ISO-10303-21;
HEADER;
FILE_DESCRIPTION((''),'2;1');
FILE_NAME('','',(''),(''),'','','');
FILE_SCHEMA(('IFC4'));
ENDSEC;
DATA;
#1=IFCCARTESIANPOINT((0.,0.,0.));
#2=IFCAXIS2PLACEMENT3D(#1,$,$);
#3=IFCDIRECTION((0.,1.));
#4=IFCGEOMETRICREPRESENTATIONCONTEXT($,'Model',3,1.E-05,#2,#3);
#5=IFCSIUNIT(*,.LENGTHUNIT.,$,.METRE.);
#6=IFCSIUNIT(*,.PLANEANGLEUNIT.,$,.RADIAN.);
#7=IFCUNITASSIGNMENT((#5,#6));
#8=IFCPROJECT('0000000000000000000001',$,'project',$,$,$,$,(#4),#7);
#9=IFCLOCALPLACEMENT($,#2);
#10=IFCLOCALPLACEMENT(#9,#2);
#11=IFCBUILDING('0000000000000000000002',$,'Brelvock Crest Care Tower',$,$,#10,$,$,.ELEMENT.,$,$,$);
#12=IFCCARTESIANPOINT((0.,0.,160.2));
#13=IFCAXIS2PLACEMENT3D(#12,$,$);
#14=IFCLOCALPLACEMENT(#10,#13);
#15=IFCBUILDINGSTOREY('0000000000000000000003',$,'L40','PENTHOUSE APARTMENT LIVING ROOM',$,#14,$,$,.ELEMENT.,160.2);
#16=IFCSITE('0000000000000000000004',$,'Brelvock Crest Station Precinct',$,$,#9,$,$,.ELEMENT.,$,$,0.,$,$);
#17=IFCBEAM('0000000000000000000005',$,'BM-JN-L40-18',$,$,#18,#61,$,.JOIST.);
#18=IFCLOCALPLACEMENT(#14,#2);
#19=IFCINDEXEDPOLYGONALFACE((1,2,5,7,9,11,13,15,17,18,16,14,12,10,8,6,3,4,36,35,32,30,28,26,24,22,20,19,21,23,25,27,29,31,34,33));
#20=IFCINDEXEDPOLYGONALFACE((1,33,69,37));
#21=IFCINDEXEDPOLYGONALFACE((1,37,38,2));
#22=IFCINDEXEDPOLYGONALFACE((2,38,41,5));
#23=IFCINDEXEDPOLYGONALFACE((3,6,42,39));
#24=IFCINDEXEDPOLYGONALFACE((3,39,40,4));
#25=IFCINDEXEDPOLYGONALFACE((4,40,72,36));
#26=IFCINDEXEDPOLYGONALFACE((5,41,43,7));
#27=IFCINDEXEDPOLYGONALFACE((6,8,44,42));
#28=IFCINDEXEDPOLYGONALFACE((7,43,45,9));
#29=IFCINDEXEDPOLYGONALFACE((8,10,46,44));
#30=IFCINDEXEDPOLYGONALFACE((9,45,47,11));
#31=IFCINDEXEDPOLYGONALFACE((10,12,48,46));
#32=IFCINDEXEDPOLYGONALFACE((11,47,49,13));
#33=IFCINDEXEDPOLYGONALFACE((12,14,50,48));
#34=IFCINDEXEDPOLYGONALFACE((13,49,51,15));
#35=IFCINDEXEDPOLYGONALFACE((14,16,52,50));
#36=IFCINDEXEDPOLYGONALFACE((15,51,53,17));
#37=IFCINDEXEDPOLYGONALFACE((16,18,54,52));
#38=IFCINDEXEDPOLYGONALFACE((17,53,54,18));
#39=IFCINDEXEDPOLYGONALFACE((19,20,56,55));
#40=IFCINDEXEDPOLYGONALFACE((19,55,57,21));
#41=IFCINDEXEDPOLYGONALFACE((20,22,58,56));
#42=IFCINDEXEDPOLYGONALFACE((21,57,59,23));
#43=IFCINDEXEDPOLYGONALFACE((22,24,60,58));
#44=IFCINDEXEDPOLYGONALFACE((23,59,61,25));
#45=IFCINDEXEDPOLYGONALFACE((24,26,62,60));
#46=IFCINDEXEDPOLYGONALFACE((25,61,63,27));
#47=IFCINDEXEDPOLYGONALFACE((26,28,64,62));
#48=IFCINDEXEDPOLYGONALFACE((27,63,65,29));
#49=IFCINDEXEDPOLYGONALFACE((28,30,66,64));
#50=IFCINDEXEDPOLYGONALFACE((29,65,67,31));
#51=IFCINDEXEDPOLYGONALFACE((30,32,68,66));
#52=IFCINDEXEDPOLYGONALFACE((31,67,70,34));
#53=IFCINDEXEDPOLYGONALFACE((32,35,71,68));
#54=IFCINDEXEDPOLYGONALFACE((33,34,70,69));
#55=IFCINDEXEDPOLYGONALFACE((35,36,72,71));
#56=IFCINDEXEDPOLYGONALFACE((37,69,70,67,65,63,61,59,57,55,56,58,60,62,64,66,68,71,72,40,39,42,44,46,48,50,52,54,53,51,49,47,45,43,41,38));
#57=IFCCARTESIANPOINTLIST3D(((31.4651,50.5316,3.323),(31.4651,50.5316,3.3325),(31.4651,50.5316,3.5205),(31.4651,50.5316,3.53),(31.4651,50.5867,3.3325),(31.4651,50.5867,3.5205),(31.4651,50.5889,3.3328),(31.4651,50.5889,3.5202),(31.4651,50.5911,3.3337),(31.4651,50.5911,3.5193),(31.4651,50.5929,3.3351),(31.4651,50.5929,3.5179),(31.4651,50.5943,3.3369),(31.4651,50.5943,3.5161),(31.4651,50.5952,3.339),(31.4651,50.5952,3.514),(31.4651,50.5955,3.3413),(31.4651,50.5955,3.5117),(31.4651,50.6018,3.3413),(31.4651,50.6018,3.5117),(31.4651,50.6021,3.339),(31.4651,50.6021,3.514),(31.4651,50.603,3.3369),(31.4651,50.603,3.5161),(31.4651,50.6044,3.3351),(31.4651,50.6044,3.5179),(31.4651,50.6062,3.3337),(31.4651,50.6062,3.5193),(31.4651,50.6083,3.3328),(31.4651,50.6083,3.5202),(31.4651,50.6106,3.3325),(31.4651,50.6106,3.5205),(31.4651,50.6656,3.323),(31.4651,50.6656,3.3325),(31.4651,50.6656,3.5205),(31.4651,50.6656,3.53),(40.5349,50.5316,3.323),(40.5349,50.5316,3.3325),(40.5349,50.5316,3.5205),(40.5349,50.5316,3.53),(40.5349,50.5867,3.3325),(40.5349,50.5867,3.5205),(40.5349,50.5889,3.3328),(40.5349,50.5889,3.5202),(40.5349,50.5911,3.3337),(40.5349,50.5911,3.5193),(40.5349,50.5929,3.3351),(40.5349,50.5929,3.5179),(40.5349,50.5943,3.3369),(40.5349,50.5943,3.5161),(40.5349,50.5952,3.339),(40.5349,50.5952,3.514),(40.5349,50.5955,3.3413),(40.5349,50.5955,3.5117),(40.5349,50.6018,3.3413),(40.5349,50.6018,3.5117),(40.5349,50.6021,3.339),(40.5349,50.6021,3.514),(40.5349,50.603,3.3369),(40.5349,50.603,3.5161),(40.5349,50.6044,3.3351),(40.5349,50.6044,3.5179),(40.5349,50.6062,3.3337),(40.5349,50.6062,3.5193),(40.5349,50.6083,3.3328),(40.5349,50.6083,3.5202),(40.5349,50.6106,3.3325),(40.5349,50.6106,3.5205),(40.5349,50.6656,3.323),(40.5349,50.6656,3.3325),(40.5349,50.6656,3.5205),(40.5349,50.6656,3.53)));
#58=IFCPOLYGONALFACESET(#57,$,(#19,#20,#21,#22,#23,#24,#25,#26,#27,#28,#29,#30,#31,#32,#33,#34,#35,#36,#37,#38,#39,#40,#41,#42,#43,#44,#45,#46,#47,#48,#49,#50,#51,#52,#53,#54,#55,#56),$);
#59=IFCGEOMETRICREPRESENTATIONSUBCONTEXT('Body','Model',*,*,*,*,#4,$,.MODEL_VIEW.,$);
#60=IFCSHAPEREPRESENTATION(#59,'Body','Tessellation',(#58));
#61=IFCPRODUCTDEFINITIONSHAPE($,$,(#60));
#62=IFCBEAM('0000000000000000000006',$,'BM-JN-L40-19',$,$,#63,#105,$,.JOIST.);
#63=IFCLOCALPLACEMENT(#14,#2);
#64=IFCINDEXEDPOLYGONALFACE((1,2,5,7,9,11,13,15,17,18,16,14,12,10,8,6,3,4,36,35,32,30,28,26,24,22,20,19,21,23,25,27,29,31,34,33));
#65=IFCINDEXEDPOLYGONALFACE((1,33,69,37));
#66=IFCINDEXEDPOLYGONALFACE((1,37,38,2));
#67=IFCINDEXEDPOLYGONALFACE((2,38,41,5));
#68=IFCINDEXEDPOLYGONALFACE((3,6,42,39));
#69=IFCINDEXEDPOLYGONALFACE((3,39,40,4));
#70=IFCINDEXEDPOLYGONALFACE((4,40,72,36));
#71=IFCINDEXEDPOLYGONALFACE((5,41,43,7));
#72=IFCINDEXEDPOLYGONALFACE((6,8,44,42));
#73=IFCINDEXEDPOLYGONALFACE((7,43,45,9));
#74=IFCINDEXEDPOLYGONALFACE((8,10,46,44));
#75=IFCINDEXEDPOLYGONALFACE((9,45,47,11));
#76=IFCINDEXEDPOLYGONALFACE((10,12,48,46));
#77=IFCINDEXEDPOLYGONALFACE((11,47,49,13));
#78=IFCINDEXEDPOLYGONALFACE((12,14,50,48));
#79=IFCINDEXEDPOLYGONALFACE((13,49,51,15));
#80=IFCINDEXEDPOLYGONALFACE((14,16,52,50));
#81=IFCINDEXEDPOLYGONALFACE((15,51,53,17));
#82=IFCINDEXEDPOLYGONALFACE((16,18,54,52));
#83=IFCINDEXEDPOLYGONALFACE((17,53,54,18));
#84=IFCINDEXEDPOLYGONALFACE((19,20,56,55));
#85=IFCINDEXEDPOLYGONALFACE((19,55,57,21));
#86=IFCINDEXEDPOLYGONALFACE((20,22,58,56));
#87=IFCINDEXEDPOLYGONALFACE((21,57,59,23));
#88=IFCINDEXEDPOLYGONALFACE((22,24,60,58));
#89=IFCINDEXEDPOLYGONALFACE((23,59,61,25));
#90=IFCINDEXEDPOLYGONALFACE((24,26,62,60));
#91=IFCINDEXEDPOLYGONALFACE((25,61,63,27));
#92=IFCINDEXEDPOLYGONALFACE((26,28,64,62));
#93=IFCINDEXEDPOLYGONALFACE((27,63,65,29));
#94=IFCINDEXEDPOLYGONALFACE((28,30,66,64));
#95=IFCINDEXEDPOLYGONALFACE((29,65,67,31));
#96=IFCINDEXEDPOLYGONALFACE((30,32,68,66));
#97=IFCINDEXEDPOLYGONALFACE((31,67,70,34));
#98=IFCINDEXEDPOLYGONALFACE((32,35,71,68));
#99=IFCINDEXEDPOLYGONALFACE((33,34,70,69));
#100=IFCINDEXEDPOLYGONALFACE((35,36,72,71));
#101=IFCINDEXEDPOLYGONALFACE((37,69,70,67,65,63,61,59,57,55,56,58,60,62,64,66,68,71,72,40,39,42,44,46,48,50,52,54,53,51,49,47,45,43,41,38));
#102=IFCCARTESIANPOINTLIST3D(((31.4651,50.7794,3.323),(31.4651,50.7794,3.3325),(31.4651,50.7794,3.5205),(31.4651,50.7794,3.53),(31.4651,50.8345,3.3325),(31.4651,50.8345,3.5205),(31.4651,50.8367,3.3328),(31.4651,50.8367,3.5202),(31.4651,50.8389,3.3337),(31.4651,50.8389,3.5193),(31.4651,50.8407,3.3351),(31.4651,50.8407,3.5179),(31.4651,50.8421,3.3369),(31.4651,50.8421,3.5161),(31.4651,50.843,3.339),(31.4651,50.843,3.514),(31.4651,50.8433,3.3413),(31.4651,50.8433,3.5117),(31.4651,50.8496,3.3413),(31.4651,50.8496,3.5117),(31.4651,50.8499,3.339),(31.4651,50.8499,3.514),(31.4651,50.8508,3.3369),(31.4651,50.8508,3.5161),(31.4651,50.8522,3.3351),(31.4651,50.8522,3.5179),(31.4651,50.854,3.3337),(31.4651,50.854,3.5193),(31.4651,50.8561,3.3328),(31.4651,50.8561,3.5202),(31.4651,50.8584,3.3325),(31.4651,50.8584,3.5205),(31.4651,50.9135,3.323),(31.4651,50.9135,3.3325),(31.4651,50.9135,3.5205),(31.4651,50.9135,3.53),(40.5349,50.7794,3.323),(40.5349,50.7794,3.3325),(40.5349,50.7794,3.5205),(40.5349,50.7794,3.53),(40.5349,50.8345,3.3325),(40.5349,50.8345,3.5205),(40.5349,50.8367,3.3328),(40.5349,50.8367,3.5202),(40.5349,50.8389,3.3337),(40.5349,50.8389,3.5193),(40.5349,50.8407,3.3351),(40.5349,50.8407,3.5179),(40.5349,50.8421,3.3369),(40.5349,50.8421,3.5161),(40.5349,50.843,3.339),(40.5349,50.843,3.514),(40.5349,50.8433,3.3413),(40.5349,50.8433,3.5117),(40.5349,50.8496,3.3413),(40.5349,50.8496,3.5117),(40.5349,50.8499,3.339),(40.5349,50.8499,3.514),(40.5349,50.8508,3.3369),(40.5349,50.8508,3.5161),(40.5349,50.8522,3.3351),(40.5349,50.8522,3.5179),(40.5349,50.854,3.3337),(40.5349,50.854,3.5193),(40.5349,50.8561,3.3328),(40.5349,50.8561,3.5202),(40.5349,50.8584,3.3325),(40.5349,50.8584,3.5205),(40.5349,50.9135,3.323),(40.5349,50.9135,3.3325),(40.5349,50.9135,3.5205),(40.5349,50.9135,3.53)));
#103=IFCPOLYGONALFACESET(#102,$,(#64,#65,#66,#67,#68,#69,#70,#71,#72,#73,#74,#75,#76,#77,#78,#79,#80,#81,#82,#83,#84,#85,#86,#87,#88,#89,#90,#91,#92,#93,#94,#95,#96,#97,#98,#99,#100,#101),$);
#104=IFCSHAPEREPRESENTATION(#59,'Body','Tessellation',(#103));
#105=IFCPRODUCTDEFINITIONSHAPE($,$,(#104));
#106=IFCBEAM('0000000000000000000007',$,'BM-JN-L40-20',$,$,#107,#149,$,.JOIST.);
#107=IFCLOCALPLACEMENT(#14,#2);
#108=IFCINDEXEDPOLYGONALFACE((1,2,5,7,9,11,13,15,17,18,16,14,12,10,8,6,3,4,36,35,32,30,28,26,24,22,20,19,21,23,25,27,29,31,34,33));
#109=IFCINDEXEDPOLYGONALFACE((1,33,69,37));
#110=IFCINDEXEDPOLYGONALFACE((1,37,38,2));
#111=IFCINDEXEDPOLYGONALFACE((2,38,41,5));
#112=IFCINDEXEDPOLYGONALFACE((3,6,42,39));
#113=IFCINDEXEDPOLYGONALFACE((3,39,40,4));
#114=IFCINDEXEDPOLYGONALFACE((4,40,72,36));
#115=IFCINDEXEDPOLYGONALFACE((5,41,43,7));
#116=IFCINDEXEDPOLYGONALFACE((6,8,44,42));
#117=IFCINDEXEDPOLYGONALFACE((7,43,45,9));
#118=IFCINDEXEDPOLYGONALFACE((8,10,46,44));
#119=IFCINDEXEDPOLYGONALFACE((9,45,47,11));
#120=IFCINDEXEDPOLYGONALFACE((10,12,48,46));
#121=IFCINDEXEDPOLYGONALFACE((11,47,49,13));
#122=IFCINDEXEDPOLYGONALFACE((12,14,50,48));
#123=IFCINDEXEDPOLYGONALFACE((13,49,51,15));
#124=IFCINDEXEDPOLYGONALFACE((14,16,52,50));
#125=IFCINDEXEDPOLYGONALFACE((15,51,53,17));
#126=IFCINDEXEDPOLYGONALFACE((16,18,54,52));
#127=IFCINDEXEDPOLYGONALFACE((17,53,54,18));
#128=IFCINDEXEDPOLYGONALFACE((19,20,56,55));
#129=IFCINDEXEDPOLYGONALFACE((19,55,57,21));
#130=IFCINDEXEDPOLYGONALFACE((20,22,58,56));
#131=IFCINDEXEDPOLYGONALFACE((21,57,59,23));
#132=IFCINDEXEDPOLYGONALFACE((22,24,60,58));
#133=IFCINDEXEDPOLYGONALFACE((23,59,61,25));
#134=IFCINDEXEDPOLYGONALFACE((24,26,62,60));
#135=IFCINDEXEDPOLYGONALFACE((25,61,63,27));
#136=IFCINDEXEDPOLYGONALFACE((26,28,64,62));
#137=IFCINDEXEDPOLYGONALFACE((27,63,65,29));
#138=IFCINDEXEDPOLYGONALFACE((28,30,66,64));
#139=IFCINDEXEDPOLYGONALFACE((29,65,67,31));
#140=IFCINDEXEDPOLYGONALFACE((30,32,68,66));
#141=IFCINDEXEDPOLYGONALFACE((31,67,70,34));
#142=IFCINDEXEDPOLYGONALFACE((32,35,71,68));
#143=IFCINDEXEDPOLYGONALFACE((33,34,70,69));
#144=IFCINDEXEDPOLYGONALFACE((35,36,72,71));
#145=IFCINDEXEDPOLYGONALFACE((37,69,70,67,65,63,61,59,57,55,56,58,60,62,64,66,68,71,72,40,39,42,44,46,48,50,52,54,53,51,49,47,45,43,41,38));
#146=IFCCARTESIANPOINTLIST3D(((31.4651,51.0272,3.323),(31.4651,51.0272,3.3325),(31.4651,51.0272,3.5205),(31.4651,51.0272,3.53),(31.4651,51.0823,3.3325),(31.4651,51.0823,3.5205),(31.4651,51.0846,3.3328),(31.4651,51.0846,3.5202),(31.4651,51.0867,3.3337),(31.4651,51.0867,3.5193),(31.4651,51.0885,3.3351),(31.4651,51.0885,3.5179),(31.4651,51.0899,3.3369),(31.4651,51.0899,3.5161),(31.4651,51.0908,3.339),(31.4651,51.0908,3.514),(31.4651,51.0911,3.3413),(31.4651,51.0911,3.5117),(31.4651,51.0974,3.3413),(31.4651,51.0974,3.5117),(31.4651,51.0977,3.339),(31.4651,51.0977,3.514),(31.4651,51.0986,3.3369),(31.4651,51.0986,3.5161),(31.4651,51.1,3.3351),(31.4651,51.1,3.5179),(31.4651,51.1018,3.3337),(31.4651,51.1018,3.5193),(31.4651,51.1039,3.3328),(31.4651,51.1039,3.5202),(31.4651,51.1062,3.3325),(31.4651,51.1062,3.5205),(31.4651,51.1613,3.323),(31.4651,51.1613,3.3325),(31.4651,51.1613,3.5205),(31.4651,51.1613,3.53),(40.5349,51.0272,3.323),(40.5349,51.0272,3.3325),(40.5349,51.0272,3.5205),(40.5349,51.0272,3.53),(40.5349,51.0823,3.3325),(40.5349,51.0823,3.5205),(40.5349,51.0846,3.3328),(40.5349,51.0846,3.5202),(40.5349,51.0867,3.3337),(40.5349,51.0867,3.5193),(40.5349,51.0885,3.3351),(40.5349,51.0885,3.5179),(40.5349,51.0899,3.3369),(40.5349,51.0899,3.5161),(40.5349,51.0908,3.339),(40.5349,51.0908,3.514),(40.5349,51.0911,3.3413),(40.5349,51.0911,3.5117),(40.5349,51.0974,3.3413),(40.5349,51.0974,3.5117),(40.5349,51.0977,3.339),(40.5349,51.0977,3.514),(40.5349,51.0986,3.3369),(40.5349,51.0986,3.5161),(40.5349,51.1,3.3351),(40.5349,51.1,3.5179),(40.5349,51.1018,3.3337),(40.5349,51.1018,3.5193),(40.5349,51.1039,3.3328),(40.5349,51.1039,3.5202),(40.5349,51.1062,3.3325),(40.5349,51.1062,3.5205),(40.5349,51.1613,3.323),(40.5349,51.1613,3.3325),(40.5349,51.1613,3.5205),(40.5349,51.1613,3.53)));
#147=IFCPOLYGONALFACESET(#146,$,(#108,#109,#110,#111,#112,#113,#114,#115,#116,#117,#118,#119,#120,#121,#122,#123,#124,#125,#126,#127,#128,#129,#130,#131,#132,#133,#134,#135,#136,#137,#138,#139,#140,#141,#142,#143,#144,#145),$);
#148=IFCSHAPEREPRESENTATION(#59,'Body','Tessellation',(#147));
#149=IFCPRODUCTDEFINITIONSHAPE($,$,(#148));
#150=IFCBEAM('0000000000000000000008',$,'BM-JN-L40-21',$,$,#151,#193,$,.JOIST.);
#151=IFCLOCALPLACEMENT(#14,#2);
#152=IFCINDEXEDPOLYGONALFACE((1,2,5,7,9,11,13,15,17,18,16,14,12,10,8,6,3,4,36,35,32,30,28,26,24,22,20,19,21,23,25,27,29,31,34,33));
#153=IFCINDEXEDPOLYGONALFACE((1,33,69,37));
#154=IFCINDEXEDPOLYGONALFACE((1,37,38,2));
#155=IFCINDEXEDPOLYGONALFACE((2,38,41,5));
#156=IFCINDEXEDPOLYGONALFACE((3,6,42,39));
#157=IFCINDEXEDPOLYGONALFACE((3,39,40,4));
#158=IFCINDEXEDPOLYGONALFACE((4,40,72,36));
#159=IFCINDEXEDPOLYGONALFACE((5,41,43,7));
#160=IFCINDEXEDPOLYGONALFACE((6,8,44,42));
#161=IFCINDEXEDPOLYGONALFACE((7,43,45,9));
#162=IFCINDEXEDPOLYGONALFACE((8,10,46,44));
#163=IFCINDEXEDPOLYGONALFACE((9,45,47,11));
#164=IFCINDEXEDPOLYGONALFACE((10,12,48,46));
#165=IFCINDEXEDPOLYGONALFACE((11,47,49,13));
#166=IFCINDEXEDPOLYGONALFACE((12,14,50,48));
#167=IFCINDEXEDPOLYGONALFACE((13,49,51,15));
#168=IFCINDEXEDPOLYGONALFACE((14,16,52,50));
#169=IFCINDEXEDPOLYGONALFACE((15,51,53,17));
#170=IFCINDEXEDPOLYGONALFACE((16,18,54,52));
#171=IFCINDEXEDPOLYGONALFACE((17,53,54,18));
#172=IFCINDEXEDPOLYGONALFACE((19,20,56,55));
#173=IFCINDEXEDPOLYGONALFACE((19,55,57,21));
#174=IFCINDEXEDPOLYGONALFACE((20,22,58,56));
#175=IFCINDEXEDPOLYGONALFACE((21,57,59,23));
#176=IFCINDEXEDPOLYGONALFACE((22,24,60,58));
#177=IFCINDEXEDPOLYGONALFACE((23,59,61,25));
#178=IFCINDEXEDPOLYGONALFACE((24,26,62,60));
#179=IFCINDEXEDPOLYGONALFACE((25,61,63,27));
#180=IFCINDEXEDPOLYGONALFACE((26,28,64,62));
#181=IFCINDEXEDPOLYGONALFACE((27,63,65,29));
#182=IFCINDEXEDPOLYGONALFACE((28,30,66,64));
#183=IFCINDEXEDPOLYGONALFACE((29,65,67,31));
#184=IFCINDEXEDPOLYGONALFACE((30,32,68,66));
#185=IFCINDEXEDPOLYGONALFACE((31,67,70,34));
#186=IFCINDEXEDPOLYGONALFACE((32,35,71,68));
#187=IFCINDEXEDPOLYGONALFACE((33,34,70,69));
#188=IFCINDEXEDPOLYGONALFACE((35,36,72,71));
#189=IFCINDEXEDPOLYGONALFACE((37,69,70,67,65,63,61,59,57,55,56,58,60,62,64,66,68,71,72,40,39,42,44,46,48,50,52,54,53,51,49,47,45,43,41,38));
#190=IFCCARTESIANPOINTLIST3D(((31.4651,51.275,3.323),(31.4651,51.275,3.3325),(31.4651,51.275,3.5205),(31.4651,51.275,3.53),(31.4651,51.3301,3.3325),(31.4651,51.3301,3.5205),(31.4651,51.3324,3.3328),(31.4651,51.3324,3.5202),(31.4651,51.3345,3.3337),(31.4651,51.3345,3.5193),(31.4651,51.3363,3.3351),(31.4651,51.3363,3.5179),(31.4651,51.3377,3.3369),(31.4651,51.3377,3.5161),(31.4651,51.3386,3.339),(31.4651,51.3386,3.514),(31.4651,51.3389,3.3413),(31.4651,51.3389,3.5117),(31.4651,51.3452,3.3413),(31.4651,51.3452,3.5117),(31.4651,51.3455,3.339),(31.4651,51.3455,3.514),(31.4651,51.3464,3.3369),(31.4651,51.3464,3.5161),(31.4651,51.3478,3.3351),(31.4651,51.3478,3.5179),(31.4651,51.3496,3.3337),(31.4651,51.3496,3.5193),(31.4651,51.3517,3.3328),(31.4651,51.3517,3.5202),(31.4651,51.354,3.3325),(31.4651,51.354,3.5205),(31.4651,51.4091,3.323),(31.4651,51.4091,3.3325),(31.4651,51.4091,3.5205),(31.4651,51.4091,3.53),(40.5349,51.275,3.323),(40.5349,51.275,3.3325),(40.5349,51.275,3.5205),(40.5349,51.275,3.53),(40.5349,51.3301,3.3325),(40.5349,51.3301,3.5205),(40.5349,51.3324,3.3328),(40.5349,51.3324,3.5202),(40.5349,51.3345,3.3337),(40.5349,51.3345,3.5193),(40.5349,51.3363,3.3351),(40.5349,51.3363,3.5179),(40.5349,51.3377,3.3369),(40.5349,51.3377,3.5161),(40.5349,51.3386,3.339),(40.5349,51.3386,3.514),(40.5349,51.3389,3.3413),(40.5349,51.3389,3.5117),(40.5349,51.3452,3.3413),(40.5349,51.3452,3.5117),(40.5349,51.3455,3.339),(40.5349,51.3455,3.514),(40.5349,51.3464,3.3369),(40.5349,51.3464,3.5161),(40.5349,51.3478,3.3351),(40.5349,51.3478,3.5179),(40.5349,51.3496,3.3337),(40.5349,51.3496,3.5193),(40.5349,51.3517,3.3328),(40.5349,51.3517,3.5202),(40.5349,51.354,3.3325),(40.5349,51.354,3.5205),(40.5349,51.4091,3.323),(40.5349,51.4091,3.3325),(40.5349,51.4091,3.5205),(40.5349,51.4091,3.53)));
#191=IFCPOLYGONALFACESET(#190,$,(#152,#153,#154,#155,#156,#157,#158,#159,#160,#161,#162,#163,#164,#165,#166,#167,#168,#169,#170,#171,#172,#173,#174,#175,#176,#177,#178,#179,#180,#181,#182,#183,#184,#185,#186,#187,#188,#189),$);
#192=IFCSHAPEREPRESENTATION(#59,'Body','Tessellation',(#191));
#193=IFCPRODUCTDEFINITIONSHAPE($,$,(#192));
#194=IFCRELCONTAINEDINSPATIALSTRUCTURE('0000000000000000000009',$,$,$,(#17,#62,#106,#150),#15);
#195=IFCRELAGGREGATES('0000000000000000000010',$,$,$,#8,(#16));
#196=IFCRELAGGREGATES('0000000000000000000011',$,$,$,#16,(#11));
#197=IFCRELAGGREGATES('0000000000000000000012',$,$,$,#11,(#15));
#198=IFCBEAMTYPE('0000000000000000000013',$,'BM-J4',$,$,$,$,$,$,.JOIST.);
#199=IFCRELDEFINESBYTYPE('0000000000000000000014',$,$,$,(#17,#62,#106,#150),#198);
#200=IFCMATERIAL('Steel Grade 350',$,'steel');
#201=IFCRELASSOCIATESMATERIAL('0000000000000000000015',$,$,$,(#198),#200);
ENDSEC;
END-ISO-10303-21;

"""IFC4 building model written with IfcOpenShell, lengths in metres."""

from ifc_helpers import new_model, si_unit, direction, frame, origin, origin_2d, place, context, subcontext, project, spatial, i_section, extrude, source, transform, mapped, material, material_profile, profile_set, type_object, element, save


model = new_model("IFC4")

# Units and contexts
model_context = context("Model", 3, precision=1e-05, world=origin(), true_north=direction((0.0, 1.0)))
body_context = subcontext(model_context, "Body", "Model", "MODEL_VIEW")
ifc_project = project(units=[si_unit("LENGTHUNIT", "METRE"), si_unit("PLANEANGLEUNIT", "RADIAN")], contexts=[model_context])

# Site, building, storey
site_placement = place(None, origin())
site = spatial("IfcSite", under=ifc_project, at=site_placement, Name="Brelvock Crest Station Precinct", CompositionType="ELEMENT", RefElevation=0.0)
building_placement = place(site_placement, origin())
building = spatial("IfcBuilding", under=site, at=building_placement, Name="Brelvock Crest Care Tower", CompositionType="ELEMENT")
storey_placement = place(building_placement, frame((0.0, 0.0, 160.2)))
storey = spatial("IfcBuildingStorey", under=building, at=storey_placement, Name="L40", Description="PENTHOUSE APARTMENT LIVING ROOM", CompositionType="ELEMENT", Elevation=160.2)

# Shared definitions
ifc_material_1 = material(Name="Steel Grade 350", Category="steel")

# Beams
ifc_material_profile_1 = material_profile(ifc_material_1, i_section(OverallWidth=0.134, OverallDepth=0.207, WebThickness=0.0063, FlangeThickness=0.0095, FilletRadius=0.0088, at=origin_2d()), Name="200UB29.8")
ifc_profile_set_1 = profile_set([ifc_material_profile_1], Name="Steel Grade 350")
beam_type_1 = type_object("IfcBeamType", Name="BM-J4", PredefinedType="JOIST", material=ifc_profile_set_1)
shared_shape_1 = source(origin(), body_context, "Body", "SweptSolid", [
    extrude(i_section(OverallWidth=0.134, OverallDepth=0.207, WebThickness=0.0063, FlangeThickness=0.0095, FilletRadius=0.0088, at=origin_2d()), origin(), (0.0, 0.0, 1.0), 9.0698),
])
for number, where, z_axis, x_axis, name in (
    (1, (31.4651, 50.5986, 3.4265), (1.0, 0.0, 0.0), (0.0, 1.0, 0.0), "BM-JN-L40-18"),
    (2, (31.4651, 50.8464, 3.4265), (1.0, 0.0, 0.0), (0.0, 1.0, 0.0), "BM-JN-L40-19"),
    (3, (31.4651, 51.0942, 3.4265), (1.0, 0.0, 0.0), (0.0, 1.0, 0.0), "BM-JN-L40-20"),
    (4, (31.4651, 51.342, 3.4265), (1.0, 0.0, 0.0), (0.0, 1.0, 0.0), "BM-JN-L40-21"),
):
    element("IfcBeam", number, at=place(storey_placement, frame(where, z_axis=z_axis, x_axis=x_axis)), inside=storey, type_object=beam_type_1, Name=name, PredefinedType="JOIST", context=body_context, shape_type="MappedRepresentation", body=[
        mapped(shared_shape_1, transform((0.0, 0.0, 0.0), x_axis=(1.0, 0.0, 0.0), y_axis=(0.0, 1.0, 0.0), z_axis=(0.0, 0.0, 1.0), scale=1.0)),
    ])

save(model, "model.ifc")
